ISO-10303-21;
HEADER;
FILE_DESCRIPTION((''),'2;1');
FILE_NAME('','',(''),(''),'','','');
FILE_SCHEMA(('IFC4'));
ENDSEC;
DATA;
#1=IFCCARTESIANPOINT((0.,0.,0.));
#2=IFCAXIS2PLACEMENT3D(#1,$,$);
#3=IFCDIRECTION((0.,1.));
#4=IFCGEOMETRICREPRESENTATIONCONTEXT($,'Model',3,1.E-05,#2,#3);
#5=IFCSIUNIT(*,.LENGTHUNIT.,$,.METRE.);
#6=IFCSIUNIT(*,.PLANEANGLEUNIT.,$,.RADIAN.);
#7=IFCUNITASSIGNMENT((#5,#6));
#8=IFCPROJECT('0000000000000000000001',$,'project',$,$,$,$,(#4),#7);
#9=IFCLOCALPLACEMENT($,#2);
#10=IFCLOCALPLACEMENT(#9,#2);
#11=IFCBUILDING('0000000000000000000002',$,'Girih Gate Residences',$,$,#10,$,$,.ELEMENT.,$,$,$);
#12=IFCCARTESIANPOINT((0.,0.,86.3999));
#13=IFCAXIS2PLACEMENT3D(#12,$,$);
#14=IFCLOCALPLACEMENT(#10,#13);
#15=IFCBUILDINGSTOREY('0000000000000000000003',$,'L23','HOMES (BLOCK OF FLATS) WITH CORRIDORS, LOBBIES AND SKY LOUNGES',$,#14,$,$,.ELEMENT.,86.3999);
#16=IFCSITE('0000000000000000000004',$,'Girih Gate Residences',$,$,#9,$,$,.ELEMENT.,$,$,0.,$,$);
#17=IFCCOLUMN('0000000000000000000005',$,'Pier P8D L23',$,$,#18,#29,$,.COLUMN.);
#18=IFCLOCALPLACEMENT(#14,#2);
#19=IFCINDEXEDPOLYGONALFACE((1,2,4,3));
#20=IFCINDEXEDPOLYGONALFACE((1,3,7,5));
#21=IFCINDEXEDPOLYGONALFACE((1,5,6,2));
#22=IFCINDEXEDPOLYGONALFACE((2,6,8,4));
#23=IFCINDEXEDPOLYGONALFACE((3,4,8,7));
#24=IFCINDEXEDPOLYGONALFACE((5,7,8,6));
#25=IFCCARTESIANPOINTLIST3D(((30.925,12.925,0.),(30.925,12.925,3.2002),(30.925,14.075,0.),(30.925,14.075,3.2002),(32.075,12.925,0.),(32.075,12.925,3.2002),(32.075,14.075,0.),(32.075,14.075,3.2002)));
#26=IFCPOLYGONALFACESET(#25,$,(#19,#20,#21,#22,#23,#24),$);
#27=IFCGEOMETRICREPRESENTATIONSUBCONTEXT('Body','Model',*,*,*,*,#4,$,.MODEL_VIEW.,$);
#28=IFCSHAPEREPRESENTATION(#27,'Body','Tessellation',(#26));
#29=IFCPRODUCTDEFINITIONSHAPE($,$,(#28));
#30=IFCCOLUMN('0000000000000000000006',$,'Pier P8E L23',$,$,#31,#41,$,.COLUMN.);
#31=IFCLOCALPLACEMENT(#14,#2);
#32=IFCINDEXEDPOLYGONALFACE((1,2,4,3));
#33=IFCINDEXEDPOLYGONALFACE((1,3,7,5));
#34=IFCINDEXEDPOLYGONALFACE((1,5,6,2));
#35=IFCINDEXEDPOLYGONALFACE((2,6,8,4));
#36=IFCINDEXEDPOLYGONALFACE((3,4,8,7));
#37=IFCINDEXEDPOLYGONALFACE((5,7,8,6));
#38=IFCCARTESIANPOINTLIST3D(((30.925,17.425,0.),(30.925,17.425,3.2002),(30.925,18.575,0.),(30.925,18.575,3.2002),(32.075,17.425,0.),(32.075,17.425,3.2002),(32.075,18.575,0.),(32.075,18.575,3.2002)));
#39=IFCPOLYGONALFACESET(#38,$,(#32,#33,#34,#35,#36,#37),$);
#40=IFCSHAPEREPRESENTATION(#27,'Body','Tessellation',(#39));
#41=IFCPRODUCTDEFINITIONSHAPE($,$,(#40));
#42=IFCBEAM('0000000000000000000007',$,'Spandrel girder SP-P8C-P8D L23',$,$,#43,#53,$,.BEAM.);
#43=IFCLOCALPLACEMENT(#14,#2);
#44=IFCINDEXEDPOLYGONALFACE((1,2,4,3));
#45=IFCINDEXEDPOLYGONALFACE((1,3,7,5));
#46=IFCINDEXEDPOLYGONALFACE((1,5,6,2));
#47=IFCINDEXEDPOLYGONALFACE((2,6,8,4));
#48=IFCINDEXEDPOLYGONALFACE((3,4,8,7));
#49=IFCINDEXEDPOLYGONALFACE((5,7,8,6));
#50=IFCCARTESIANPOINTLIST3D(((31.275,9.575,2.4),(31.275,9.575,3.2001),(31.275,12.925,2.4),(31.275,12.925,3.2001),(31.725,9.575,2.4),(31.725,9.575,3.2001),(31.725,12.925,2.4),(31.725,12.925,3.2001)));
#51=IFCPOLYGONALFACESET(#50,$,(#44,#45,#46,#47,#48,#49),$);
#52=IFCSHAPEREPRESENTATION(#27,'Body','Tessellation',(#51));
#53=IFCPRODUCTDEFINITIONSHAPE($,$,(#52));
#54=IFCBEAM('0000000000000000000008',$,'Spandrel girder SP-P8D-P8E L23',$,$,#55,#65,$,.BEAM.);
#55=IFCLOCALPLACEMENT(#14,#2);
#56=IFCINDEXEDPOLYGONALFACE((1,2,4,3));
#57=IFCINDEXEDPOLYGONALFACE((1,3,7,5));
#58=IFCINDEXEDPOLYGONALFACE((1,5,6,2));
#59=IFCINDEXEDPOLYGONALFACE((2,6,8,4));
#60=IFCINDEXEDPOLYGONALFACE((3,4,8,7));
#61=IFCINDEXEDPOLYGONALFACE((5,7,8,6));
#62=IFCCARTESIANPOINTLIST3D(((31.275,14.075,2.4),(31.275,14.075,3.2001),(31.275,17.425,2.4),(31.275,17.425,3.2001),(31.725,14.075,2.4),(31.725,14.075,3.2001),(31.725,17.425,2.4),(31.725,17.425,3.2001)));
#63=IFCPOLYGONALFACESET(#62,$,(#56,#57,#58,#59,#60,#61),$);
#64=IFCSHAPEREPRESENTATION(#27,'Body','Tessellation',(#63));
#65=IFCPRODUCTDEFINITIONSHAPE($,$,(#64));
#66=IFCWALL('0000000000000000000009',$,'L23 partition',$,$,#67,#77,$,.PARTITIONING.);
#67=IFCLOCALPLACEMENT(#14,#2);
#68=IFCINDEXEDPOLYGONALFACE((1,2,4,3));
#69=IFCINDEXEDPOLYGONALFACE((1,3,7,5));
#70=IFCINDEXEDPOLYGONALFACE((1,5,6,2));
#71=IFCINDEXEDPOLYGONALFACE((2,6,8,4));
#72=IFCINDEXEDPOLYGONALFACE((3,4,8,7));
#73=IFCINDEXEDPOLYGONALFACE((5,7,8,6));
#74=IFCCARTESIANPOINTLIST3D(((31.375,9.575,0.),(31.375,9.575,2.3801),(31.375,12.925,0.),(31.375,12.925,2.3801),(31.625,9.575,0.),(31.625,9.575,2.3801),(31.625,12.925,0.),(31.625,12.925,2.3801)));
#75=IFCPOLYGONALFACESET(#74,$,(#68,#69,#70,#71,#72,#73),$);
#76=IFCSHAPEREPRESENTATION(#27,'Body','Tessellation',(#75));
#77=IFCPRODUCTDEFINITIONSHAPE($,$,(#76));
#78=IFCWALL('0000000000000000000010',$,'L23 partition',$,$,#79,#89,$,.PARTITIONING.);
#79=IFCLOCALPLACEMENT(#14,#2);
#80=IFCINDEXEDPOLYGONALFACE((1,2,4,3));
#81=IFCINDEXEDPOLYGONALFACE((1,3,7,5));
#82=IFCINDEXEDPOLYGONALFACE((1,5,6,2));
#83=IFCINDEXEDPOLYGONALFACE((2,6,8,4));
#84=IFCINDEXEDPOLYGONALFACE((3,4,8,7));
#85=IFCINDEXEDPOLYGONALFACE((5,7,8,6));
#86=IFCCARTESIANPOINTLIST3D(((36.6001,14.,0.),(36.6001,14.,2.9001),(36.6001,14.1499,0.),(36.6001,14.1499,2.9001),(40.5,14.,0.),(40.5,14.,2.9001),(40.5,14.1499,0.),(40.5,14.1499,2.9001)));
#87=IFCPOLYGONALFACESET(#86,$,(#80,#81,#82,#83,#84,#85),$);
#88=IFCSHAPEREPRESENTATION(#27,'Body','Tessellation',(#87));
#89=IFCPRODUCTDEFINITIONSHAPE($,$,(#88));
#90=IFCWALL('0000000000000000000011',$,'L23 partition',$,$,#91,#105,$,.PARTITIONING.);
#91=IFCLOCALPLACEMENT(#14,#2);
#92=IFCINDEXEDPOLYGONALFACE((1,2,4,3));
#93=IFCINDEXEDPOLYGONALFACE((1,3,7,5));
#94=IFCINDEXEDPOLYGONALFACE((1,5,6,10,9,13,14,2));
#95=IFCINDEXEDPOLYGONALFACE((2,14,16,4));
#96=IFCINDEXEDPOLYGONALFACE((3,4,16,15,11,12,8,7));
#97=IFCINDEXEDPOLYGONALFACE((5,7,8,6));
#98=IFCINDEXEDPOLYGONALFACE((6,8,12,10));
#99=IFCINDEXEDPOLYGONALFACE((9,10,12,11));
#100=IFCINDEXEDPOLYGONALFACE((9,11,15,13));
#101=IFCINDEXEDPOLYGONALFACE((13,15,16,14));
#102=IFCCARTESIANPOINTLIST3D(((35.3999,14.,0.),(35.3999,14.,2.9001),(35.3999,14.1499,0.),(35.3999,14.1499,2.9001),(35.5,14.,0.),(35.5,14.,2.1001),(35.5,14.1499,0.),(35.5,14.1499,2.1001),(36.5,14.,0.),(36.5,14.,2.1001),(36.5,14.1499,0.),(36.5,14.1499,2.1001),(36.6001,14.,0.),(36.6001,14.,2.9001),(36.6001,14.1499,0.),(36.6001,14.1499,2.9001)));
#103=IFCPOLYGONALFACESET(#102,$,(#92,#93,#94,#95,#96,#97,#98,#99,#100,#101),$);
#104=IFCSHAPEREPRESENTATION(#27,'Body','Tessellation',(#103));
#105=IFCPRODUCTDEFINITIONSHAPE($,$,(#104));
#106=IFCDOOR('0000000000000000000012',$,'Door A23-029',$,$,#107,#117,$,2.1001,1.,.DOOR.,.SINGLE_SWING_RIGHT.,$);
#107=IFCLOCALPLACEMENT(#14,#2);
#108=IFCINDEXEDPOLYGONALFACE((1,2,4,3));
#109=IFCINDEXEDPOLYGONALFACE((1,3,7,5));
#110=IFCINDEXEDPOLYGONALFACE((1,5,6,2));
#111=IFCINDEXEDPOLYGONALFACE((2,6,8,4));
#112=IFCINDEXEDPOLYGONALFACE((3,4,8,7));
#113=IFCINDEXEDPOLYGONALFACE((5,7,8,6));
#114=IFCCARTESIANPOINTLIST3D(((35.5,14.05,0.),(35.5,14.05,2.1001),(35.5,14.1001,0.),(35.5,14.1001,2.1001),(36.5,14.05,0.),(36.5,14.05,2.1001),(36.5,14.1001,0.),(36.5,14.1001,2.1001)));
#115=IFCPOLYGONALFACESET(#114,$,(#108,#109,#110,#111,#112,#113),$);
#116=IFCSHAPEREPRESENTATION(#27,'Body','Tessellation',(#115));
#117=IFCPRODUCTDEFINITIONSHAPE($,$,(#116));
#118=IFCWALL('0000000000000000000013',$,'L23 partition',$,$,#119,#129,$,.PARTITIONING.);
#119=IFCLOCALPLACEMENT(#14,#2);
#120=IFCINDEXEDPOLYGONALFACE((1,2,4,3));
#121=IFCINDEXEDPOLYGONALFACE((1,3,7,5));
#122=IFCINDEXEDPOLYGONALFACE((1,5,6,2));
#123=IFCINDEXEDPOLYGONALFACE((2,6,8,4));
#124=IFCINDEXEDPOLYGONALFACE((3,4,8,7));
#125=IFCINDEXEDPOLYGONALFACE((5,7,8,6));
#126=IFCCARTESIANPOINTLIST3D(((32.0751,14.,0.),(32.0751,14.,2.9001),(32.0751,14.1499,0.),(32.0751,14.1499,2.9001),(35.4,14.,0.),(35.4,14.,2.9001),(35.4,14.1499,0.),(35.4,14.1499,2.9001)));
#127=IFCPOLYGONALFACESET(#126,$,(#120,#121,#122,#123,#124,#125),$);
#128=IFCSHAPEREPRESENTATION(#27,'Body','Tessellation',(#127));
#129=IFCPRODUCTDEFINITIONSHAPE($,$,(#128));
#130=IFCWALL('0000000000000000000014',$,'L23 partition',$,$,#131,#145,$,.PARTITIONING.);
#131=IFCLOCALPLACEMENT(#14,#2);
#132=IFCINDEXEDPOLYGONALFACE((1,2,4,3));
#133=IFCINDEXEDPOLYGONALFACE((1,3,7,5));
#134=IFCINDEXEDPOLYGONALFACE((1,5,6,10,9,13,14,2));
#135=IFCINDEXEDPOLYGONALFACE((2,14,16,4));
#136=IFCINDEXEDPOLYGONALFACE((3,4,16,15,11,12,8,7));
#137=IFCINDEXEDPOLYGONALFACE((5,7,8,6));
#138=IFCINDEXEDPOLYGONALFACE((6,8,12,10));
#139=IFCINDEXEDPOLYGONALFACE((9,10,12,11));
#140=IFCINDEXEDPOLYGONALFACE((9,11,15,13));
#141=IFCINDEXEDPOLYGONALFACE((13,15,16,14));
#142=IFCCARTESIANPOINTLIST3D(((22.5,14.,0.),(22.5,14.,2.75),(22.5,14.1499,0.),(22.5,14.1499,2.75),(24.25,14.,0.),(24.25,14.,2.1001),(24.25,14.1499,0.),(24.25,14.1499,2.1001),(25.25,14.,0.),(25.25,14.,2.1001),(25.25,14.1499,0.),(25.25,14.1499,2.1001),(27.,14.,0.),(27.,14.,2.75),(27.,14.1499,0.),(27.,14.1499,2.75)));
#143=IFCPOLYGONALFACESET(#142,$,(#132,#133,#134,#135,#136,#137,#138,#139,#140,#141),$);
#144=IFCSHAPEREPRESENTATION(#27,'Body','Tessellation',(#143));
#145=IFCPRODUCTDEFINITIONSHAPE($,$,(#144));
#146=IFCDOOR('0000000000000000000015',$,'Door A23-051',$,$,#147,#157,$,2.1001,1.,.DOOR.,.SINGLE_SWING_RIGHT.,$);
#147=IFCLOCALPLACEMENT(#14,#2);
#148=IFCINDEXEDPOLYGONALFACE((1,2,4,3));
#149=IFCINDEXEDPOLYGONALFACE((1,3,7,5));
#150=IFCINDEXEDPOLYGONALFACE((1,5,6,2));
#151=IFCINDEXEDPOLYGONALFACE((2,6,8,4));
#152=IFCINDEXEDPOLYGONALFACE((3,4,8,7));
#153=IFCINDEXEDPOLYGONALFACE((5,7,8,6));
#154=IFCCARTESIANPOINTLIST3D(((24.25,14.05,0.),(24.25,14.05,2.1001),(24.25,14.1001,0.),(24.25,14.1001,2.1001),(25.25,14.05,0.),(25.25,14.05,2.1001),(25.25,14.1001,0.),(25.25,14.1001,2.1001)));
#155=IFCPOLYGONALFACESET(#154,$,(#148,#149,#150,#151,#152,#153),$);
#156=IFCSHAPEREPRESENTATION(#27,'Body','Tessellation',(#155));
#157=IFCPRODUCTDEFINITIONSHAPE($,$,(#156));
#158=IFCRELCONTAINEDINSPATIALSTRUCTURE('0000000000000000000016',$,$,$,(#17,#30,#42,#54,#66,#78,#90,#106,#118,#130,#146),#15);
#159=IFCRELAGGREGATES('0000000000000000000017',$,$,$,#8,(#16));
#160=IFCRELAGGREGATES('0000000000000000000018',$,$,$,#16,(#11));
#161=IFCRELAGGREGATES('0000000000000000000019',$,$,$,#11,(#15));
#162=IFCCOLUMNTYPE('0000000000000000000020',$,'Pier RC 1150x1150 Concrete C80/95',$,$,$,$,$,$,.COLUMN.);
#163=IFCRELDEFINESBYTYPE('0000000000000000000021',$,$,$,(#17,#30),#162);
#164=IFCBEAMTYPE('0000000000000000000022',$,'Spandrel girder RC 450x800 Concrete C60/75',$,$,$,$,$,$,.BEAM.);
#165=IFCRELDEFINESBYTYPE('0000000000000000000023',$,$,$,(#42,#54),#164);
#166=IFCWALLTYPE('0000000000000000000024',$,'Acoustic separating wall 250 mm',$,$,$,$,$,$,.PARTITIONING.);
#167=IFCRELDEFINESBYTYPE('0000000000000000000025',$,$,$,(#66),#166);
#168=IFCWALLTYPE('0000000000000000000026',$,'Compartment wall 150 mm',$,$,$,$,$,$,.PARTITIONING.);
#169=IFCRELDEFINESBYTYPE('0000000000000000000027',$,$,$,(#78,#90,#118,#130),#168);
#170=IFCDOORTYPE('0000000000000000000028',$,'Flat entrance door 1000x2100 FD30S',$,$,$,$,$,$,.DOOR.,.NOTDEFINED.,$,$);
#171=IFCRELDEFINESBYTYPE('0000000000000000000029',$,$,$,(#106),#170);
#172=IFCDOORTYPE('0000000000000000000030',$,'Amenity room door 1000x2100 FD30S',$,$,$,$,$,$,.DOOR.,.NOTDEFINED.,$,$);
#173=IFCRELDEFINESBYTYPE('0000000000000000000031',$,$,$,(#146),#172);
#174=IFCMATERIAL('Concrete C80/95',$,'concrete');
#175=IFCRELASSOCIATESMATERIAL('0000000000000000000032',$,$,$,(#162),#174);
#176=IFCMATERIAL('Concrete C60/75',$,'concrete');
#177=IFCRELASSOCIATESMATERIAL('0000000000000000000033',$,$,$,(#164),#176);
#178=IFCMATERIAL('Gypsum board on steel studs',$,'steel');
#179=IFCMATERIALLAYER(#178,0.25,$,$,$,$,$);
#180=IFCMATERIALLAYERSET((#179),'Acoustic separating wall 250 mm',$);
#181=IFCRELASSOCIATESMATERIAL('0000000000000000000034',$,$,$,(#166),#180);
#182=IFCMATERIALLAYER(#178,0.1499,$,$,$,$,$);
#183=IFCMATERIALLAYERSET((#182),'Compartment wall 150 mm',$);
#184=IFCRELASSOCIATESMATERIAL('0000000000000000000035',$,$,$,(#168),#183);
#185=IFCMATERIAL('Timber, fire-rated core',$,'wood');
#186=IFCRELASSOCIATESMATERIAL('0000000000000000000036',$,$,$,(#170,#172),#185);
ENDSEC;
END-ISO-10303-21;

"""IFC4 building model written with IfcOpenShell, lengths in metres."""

from ifc_helpers import new_model, si_unit, direction, frame, frame_2d, origin, origin_2d, place, context, subcontext, project, spatial, rectangle, extrude, material, layer, layer_set, material_profile, profile_set, type_object, element, fill, save


model = new_model("IFC4")

# Units and contexts
model_context = context("Model", 3, precision=1e-05, world=origin(), true_north=direction((0.0, 1.0)))
body_context = subcontext(model_context, "Body", "Model", "MODEL_VIEW")
ifc_project = project(units=[si_unit("LENGTHUNIT", "METRE"), si_unit("PLANEANGLEUNIT", "RADIAN")], contexts=[model_context])

# Site, building, storey
site_placement = place(None, origin())
site = spatial("IfcSite", under=ifc_project, at=site_placement, Name="Girih Gate Residences", CompositionType="ELEMENT", RefElevation=0.0)
building_placement = place(site_placement, origin())
building = spatial("IfcBuilding", under=site, at=building_placement, Name="Girih Gate Residences", CompositionType="ELEMENT")
storey_placement = place(building_placement, frame((0.0, 0.0, 86.3999)))
storey = spatial("IfcBuildingStorey", under=building, at=storey_placement, Name="L23", Description="HOMES (BLOCK OF FLATS) WITH CORRIDORS, LOBBIES AND SKY LOUNGES", CompositionType="ELEMENT", Elevation=86.3999)

# Columns
ifc_material_1 = material(Name="Concrete C80/95", Category="concrete")
ifc_material_profile_1 = material_profile(ifc_material_1, rectangle(XDim=1.1499, YDim=1.1499, at=origin_2d()))
ifc_profile_set_1 = profile_set([ifc_material_profile_1], Name="Concrete C80/95")
column_type = type_object("IfcColumnType", Name="Pier RC 1150x1150 Concrete C80/95", PredefinedType="COLUMN", material=ifc_profile_set_1)
for number, where, z_axis, x_axis, name in (
    (1, (31.5, 13.5, 0.0), (0.0, 0.0, 1.0), (1.0, 0.0, 0.0), "Pier P8D L23"),
    (2, (31.5, 18.0, 0.0), (0.0, 0.0, 1.0), (1.0, 0.0, 0.0), "Pier P8E L23"),
):
    element("IfcColumn", number, at=place(storey_placement, frame(where, z_axis=z_axis, x_axis=x_axis)), inside=storey, type_object=column_type, Name=name, PredefinedType="COLUMN", context=body_context, shape_type="SweptSolid", body=[
        extrude(rectangle(XDim=1.1499, YDim=1.1499, at=origin_2d()), origin(), (0.0, 0.0, 1.0), 3.2002),
    ])

# Beams
ifc_material_2 = material(Name="Concrete C60/75", Category="concrete")
ifc_material_profile_2 = material_profile(ifc_material_2, rectangle(XDim=0.45, YDim=0.8, at=origin_2d()))
ifc_profile_set_2 = profile_set([ifc_material_profile_2], Name="Concrete C60/75")
beam_type = type_object("IfcBeamType", Name="Spandrel girder RC 450x800 Concrete C60/75", PredefinedType="BEAM", material=ifc_profile_set_2)
for number, where, z_axis, x_axis, name in (
    (3, (31.5, 9.575, 2.8), (0.0, 1.0, 0.0), (-1.0, 0.0, 0.0), "Spandrel girder SP-P8C-P8D L23"),
    (4, (31.5, 14.075, 2.8), (0.0, 1.0, 0.0), (-1.0, 0.0, 0.0), "Spandrel girder SP-P8D-P8E L23"),
):
    element("IfcBeam", number, at=place(storey_placement, frame(where, z_axis=z_axis, x_axis=x_axis)), inside=storey, type_object=beam_type, Name=name, PredefinedType="BEAM", context=body_context, shape_type="SweptSolid", body=[
        extrude(rectangle(XDim=0.45, YDim=0.8, at=origin_2d()), origin(), (0.0, 0.0, 1.0), 3.3501),
    ])

# Walls
ifc_material_3 = material(Name="Gypsum board on steel studs", Category="steel")
ifc_layer_1 = layer(ifc_material_3, 0.25)
ifc_layer_set_1 = layer_set([ifc_layer_1], Name="Acoustic separating wall 250 mm")
wall_type_1 = type_object("IfcWallType", Name="Acoustic separating wall 250 mm", PredefinedType="PARTITIONING", material=ifc_layer_set_1)
wall_1_placement = place(storey_placement, frame((31.5, 9.575, 0.0), z_axis=(0.0, 0.0, 1.0), x_axis=(0.0, 1.0, 0.0)))
element("IfcWall", 5, at=wall_1_placement, inside=storey, type_object=wall_type_1, Name="L23 partition", PredefinedType="PARTITIONING", context=body_context, shape_type="SweptSolid", body=[
    extrude(rectangle(XDim=3.3501, YDim=0.25, at=frame_2d((1.675, 0.0))), origin(), (0.0, 0.0, 1.0), 2.3801),
])
ifc_layer_2 = layer(ifc_material_3, 0.1499)
ifc_layer_set_2 = layer_set([ifc_layer_2], Name="Compartment wall 150 mm")
wall_type_2 = type_object("IfcWallType", Name="Compartment wall 150 mm", PredefinedType="PARTITIONING", material=ifc_layer_set_2)
wall_2_placement = place(storey_placement, frame((36.6001, 14.075, 0.0), z_axis=(0.0, 0.0, 1.0), x_axis=(1.0, 0.0, 0.0)))
element("IfcWall", 6, at=wall_2_placement, inside=storey, type_object=wall_type_2, Name="L23 partition", PredefinedType="PARTITIONING", context=body_context, shape_type="SweptSolid", body=[
    extrude(rectangle(XDim=3.8999, YDim=0.1499, at=frame_2d((1.95, 0.0))), origin(), (0.0, 0.0, 1.0), 2.9001),
])

# Wall, opening, door
wall_3_placement = place(storey_placement, frame((36.6001, 14.075, 0.0), z_axis=(0.0, 0.0, 1.0), x_axis=(-1.0, 0.0, 0.0)))
wall_3 = element("IfcWall", 7, at=wall_3_placement, inside=storey, type_object=wall_type_2, Name="L23 partition", PredefinedType="PARTITIONING", context=body_context, shape_type="SweptSolid", body=[
    extrude(rectangle(XDim=1.2002, YDim=0.1499, at=frame_2d((0.6001, 0.0))), origin(), (0.0, 0.0, 1.0), 2.9001),
])
opening_1_placement = place(wall_3_placement, frame((0.1001, 0.0, 0.0)))
opening_1 = element("IfcOpeningElement", 8, at=opening_1_placement, cuts=wall_3, PredefinedType="OPENING", context=body_context, shape_type="SweptSolid", body=[
    extrude(rectangle(XDim=1.0, YDim=2.1001, at=frame_2d((0.5, 1.05))), frame((0.0, 0.085, 0.0), z_axis=(0.0, -1.0, 0.0), x_axis=(1.0, 0.0, 0.0)), (0.0, 0.0, 1.0), 0.1699),
])
ifc_material_4 = material(Name="Timber, fire-rated core", Category="wood")
door_type_1 = type_object("IfcDoorType", Name="Flat entrance door 1000x2100 FD30S", OperationType="NOTDEFINED", PredefinedType="DOOR", material=ifc_material_4)
door_1_placement = place(opening_1_placement, origin())
door_1 = element("IfcDoor", 9, at=door_1_placement, inside=storey, type_object=door_type_1, Name="Door A23-029", OperationType="SINGLE_SWING_RIGHT", OverallHeight=2.1001, OverallWidth=1.0, PredefinedType="DOOR", context=body_context, shape_type="SweptSolid", body=[
    extrude(rectangle(XDim=1.0, YDim=2.1001, at=frame_2d((0.5, 1.05))), frame((0.0, 0.0249, 0.0), z_axis=(0.0, -1.0, 0.0), x_axis=(1.0, 0.0, 0.0)), (0.0, 0.0, 1.0), 0.05),
])
fill(opening_1, door_1)

# Wall
wall_4_placement = place(storey_placement, frame((32.075, 14.075, 0.0), z_axis=(0.0, 0.0, 1.0), x_axis=(1.0, 0.0, 0.0)))
element("IfcWall", 10, at=wall_4_placement, inside=storey, type_object=wall_type_2, Name="L23 partition", PredefinedType="PARTITIONING", context=body_context, shape_type="SweptSolid", body=[
    extrude(rectangle(XDim=3.325, YDim=0.1499, at=frame_2d((1.6626, 0.0))), origin(), (0.0, 0.0, 1.0), 2.9001),
])

# Wall, opening, door
wall_5_placement = place(storey_placement, frame((27.0, 14.075, 0.0), z_axis=(0.0, 0.0, 1.0), x_axis=(-1.0, 0.0, 0.0)))
wall_5 = element("IfcWall", 11, at=wall_5_placement, inside=storey, type_object=wall_type_2, Name="L23 partition", PredefinedType="PARTITIONING", context=body_context, shape_type="SweptSolid", body=[
    extrude(rectangle(XDim=4.5, YDim=0.1499, at=frame_2d((2.25, 0.0))), origin(), (0.0, 0.0, 1.0), 2.75),
])
opening_2_placement = place(wall_5_placement, frame((1.75, 0.0, 0.0)))
opening_2 = element("IfcOpeningElement", 12, at=opening_2_placement, cuts=wall_5, PredefinedType="OPENING", context=body_context, shape_type="SweptSolid", body=[
    extrude(rectangle(XDim=1.0, YDim=2.1001, at=frame_2d((0.5, 1.05))), frame((0.0, 0.085, 0.0), z_axis=(0.0, -1.0, 0.0), x_axis=(1.0, 0.0, 0.0)), (0.0, 0.0, 1.0), 0.1699),
])
door_type_2 = type_object("IfcDoorType", Name="Amenity room door 1000x2100 FD30S", OperationType="NOTDEFINED", PredefinedType="DOOR", material=ifc_material_4)
door_2_placement = place(opening_2_placement, origin())
door_2 = element("IfcDoor", 13, at=door_2_placement, inside=storey, type_object=door_type_2, Name="Door A23-051", OperationType="SINGLE_SWING_RIGHT", OverallHeight=2.1001, OverallWidth=1.0, PredefinedType="DOOR", context=body_context, shape_type="SweptSolid", body=[
    extrude(rectangle(XDim=1.0, YDim=2.1001, at=frame_2d((0.5, 1.05))), frame((0.0, 0.0249, 0.0), z_axis=(0.0, -1.0, 0.0), x_axis=(1.0, 0.0, 0.0)), (0.0, 0.0, 1.0), 0.05),
])
fill(opening_2, door_2)

save(model, "model.ifc")
